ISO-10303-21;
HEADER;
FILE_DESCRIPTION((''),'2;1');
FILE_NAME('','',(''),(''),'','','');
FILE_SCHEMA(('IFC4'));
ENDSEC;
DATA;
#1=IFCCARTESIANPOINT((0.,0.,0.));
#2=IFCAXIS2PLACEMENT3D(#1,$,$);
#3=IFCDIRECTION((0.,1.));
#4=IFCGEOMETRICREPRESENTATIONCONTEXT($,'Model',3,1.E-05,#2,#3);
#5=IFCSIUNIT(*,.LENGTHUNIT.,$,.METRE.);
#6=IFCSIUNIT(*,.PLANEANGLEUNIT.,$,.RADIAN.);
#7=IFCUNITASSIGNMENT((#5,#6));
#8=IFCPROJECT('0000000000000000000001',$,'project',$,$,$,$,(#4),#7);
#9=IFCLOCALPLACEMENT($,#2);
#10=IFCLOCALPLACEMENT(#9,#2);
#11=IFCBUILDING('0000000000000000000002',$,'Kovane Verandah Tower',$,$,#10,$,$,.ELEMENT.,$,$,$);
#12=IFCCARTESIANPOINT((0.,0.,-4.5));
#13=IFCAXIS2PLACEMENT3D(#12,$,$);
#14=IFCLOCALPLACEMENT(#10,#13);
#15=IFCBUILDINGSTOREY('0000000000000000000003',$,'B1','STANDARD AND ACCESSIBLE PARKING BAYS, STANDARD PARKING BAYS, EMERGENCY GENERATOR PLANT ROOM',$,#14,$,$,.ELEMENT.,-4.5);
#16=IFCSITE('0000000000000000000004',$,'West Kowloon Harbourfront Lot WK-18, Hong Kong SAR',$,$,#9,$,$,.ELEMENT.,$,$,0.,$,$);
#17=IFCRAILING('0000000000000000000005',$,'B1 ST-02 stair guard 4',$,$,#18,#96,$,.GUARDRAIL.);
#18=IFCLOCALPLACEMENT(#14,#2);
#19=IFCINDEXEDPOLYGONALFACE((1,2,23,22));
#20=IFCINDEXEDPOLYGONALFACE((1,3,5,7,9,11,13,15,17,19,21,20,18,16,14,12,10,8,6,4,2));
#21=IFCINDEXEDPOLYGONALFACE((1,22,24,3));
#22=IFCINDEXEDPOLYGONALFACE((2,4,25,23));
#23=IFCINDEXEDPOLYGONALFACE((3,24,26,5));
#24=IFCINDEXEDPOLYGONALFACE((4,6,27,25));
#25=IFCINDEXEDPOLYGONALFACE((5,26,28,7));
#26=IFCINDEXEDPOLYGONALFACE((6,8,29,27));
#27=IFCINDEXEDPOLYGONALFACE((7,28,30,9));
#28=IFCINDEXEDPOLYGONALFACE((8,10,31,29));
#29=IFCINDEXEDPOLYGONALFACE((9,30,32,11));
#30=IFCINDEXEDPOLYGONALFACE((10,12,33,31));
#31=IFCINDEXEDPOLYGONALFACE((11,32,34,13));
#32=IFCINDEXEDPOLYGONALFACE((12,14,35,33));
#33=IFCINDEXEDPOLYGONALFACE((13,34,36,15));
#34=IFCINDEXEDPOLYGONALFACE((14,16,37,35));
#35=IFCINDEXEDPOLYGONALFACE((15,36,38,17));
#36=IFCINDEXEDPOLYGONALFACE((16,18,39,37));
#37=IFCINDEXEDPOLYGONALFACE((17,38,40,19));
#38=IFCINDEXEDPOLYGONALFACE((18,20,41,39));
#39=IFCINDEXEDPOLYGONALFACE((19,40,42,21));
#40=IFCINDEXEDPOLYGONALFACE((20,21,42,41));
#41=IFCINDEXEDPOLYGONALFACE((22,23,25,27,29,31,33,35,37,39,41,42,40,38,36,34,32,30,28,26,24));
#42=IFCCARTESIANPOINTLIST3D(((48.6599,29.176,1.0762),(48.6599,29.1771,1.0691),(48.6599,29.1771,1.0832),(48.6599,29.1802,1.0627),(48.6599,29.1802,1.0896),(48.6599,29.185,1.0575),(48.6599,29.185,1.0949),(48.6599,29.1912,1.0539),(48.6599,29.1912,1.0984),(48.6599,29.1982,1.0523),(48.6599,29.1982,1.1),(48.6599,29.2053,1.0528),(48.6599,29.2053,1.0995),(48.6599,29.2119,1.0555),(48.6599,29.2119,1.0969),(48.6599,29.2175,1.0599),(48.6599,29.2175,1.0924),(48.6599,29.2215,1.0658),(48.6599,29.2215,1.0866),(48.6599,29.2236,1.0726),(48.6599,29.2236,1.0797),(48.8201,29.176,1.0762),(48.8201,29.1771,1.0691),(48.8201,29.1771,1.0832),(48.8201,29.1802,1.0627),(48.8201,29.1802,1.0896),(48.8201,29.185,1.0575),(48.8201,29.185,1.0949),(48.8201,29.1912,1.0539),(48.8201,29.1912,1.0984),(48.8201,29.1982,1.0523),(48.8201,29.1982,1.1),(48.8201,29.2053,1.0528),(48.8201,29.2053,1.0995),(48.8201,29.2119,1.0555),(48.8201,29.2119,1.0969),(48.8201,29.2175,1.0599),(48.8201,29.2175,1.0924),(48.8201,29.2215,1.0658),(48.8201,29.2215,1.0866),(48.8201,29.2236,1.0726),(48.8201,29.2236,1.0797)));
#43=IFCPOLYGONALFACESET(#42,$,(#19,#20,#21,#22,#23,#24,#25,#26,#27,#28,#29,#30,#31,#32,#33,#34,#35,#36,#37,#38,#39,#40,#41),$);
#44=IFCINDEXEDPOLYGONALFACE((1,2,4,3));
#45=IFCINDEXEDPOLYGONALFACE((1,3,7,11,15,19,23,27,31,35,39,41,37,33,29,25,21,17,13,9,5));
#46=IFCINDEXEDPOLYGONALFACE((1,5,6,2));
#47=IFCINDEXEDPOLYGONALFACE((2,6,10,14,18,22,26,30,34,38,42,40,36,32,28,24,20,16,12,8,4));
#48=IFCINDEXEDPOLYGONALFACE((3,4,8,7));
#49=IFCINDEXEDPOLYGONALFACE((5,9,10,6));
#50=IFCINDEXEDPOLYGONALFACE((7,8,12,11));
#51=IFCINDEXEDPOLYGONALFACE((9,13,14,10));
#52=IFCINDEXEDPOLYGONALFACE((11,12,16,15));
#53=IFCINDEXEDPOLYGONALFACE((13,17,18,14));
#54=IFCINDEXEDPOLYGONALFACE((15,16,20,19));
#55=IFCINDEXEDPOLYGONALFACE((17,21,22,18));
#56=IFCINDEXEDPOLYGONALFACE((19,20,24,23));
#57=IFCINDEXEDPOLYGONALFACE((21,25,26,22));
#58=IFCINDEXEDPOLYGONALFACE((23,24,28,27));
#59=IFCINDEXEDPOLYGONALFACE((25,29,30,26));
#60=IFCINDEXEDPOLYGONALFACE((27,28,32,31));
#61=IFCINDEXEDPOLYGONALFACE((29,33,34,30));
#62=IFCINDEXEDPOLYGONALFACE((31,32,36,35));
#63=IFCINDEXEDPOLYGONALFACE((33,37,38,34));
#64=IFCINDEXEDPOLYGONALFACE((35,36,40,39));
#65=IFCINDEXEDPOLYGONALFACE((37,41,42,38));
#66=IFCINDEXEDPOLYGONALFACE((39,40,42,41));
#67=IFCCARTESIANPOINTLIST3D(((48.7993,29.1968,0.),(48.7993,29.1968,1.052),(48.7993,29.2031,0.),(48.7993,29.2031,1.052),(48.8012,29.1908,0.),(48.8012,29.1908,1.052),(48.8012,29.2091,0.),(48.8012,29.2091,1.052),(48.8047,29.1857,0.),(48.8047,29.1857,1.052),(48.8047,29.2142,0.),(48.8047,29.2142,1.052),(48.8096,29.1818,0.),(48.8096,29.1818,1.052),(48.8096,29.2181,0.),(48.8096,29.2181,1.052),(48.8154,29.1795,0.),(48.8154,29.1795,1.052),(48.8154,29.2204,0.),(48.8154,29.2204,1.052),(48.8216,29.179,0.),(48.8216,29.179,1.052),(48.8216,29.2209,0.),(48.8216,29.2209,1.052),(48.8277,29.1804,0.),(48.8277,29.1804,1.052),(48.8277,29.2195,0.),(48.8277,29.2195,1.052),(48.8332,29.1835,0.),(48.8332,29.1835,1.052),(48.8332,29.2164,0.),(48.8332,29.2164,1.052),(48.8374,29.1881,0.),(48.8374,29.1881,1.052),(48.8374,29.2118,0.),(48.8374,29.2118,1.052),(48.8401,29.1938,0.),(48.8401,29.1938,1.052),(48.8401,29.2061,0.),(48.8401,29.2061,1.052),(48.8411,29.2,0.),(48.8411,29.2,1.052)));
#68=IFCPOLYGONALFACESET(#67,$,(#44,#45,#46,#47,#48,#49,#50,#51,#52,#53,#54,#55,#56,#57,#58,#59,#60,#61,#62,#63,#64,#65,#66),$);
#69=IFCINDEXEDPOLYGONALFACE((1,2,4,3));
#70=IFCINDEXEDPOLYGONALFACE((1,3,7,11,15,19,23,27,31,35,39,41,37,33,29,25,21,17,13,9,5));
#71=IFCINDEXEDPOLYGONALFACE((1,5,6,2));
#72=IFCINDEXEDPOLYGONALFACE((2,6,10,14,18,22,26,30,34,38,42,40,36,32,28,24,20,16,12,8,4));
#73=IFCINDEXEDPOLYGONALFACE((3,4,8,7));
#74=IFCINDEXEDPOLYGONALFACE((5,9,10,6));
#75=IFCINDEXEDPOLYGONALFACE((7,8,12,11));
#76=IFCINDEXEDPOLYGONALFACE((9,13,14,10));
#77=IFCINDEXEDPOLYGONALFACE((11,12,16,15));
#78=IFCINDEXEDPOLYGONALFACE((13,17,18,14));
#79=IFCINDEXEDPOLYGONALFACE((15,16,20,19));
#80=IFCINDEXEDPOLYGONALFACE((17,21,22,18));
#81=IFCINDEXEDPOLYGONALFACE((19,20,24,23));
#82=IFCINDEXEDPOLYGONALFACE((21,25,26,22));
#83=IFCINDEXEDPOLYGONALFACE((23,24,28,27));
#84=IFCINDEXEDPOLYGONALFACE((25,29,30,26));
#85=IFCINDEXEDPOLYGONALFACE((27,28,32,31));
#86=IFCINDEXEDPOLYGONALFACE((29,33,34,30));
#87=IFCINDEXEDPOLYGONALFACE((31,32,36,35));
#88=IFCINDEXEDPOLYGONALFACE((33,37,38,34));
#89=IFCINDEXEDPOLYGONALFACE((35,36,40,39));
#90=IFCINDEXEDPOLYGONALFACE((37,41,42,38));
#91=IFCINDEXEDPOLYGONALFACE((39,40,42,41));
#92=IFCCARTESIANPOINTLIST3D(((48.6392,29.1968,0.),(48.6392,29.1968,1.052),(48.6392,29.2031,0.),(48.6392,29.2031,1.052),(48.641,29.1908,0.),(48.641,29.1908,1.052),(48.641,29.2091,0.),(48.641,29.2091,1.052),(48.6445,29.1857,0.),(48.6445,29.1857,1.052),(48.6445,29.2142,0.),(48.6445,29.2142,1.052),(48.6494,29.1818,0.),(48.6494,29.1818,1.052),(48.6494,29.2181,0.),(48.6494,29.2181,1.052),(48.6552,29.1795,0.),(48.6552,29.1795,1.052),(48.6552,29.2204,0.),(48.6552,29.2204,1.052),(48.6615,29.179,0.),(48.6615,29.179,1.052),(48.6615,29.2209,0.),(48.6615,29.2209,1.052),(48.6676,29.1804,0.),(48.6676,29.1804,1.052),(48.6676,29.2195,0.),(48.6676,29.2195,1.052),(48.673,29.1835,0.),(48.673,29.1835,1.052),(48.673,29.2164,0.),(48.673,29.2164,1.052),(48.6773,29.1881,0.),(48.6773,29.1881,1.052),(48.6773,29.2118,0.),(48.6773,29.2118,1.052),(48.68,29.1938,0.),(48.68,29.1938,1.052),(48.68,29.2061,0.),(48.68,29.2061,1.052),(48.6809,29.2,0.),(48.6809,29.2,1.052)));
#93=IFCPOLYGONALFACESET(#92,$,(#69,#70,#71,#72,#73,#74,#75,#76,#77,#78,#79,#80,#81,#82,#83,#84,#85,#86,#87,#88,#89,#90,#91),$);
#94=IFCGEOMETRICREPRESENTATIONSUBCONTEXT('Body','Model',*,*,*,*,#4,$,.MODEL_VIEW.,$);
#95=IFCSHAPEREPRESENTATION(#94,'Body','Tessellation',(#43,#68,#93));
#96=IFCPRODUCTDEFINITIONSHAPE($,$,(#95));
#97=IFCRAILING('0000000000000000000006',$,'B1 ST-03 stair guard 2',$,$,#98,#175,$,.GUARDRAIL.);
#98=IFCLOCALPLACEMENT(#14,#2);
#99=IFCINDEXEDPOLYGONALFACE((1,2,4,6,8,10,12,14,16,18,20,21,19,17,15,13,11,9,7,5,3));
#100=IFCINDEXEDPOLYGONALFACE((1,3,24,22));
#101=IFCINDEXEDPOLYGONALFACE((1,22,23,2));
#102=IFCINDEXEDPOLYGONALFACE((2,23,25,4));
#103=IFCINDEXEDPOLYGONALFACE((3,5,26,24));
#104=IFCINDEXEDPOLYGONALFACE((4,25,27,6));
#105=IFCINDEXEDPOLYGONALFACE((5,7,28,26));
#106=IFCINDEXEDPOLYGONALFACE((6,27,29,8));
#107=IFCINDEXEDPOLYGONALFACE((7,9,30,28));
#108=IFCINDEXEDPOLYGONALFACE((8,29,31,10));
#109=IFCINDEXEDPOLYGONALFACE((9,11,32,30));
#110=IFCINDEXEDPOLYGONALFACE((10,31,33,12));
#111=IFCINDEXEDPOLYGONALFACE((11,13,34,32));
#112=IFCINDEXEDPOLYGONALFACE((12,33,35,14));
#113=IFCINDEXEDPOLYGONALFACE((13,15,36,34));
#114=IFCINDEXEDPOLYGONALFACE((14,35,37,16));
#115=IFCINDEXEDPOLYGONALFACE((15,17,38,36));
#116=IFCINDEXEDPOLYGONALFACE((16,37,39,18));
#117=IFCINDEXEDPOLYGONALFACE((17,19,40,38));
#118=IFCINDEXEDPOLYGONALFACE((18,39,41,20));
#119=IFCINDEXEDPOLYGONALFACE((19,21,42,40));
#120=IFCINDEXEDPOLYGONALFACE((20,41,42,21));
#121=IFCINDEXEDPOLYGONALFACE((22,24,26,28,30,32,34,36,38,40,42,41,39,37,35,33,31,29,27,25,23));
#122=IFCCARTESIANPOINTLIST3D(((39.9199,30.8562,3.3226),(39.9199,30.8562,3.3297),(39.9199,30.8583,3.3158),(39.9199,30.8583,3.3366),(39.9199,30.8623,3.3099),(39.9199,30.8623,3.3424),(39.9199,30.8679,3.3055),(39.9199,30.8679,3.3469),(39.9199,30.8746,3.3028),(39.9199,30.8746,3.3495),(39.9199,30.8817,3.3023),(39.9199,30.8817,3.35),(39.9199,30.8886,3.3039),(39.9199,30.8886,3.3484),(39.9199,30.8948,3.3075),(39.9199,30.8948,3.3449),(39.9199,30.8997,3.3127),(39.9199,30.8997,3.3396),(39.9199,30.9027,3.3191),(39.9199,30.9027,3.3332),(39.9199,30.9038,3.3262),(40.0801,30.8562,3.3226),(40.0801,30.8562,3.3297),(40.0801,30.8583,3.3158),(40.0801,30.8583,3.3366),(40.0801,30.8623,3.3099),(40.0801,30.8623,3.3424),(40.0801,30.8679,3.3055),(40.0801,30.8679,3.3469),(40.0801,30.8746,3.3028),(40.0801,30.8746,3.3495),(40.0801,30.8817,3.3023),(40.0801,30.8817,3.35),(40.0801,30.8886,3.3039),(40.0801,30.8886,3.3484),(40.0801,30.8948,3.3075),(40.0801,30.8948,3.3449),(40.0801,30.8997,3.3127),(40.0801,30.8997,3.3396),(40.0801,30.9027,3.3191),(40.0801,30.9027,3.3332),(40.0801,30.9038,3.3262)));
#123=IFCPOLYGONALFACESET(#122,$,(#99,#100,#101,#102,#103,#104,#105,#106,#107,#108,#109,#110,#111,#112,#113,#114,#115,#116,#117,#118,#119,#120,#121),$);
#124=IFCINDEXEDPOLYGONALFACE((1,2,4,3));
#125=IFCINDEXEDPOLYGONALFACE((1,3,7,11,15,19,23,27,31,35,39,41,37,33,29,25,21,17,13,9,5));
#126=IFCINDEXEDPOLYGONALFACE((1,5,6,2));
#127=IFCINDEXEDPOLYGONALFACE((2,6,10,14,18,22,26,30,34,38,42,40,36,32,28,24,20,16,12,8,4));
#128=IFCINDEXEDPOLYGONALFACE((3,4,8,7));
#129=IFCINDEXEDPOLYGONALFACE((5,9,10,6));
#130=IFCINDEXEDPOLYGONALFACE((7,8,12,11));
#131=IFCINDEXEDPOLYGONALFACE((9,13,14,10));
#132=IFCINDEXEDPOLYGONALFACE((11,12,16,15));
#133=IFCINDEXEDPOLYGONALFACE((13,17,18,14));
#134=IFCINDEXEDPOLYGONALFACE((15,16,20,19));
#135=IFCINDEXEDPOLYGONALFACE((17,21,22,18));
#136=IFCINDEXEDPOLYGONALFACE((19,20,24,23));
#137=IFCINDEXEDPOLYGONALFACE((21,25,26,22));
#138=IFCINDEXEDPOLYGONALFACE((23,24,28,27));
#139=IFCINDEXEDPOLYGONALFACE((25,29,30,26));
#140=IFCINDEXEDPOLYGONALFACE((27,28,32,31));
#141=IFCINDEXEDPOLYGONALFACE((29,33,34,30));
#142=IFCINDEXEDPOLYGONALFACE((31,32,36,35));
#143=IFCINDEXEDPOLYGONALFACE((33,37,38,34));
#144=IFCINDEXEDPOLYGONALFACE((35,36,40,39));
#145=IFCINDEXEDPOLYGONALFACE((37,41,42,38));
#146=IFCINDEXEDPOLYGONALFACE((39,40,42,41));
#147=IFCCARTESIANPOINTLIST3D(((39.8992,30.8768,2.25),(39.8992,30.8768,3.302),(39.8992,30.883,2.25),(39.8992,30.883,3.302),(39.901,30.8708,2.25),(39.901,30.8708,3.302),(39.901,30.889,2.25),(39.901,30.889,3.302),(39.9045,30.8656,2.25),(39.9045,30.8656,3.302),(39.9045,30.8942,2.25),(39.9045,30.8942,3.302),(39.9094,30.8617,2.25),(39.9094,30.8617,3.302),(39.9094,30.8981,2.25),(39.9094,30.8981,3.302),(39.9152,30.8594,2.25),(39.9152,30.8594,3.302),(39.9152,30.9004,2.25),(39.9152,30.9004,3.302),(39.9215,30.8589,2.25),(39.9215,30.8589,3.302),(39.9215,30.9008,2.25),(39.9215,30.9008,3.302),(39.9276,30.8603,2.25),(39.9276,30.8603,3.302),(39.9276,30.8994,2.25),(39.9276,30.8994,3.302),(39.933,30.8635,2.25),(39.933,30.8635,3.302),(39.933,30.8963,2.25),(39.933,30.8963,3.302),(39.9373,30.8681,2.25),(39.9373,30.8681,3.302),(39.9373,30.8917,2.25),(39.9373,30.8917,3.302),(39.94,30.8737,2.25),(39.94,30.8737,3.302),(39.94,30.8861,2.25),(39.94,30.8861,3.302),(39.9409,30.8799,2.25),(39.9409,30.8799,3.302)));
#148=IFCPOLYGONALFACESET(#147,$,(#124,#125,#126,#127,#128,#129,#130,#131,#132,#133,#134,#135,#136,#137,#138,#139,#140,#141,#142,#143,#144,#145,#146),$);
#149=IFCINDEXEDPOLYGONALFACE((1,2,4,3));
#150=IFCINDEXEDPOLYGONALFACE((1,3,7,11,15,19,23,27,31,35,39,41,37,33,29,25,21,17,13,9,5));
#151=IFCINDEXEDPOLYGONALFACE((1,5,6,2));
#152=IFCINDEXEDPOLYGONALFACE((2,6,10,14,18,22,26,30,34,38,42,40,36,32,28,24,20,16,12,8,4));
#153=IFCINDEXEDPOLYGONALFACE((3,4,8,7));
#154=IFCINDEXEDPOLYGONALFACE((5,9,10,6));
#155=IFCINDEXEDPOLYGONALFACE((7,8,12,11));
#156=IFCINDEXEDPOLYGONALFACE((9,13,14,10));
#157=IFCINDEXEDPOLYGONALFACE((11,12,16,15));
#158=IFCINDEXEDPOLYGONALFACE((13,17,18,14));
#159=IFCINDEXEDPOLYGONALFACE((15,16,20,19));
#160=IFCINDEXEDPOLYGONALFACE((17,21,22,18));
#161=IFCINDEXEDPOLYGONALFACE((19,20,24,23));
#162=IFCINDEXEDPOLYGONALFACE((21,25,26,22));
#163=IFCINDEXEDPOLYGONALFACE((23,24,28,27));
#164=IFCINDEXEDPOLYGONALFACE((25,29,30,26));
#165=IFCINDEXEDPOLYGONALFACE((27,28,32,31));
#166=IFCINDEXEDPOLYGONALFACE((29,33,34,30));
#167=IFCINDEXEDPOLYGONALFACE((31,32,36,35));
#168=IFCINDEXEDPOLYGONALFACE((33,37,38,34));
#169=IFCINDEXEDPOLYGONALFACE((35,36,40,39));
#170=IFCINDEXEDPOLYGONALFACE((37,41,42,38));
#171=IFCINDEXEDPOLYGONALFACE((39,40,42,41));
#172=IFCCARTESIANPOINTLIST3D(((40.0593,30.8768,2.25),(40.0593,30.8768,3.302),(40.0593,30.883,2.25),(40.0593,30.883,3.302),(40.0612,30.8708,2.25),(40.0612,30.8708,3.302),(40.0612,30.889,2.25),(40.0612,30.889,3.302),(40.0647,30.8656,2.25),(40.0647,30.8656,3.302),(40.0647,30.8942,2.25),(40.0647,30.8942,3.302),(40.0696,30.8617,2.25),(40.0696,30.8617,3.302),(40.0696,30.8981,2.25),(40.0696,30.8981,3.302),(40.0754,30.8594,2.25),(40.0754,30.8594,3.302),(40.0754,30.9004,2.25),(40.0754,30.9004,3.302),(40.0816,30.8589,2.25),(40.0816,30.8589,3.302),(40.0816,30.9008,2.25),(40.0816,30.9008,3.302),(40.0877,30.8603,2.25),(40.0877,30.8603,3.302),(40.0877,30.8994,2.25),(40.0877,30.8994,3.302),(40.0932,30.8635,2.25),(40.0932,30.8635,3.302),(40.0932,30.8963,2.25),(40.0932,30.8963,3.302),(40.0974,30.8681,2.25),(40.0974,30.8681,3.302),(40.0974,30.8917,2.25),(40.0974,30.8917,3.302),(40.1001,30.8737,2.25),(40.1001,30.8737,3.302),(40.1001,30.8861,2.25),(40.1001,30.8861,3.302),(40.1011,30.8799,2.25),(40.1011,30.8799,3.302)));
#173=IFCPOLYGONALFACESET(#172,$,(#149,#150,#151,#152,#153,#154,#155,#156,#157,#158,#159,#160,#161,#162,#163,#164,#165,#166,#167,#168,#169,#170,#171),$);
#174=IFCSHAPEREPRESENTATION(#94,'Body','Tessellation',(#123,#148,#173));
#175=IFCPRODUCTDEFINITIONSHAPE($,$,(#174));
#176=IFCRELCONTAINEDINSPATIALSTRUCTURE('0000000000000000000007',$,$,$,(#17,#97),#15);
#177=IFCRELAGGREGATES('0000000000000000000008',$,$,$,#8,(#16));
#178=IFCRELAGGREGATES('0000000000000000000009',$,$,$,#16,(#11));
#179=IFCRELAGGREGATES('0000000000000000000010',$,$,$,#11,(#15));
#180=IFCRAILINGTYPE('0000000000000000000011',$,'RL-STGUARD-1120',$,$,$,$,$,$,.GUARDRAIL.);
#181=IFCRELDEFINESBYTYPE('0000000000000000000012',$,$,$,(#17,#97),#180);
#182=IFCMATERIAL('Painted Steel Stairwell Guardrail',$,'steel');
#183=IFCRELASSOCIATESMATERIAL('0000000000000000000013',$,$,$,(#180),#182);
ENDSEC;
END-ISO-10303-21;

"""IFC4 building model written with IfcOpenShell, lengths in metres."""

from ifc_helpers import new_model, si_unit, direction, frame, origin, origin_2d, place, context, subcontext, project, spatial, circle, extrude, material, type_object, element, save


model = new_model("IFC4")

# Units and contexts
model_context = context("Model", 3, precision=1e-05, world=origin(), true_north=direction((0.0, 1.0)))
body_context = subcontext(model_context, "Body", "Model", "MODEL_VIEW")
ifc_project = project(units=[si_unit("LENGTHUNIT", "METRE"), si_unit("PLANEANGLEUNIT", "RADIAN")], contexts=[model_context])

# Site, building, storey
site_placement = place(None, origin())
site = spatial("IfcSite", under=ifc_project, at=site_placement, Name="West Kowloon Harbourfront Lot WK-18, Hong Kong SAR", CompositionType="ELEMENT", RefElevation=0.0)
building_placement = place(site_placement, origin())
building = spatial("IfcBuilding", under=site, at=building_placement, Name="Kovane Verandah Tower", CompositionType="ELEMENT")
storey_placement = place(building_placement, frame((0.0, 0.0, -4.5)))
storey = spatial("IfcBuildingStorey", under=building, at=storey_placement, Name="B1", Description="STANDARD AND ACCESSIBLE PARKING BAYS, STANDARD PARKING BAYS, EMERGENCY GENERATOR PLANT ROOM", CompositionType="ELEMENT", Elevation=-4.5)

# Railings
ifc_material_1 = material(Name="Painted Steel Stairwell Guardrail", Category="steel")
railing_type_1 = type_object("IfcRailingType", Name="RL-STGUARD-1120", PredefinedType="GUARDRAIL", material=ifc_material_1)
railing_1_placement = place(storey_placement, frame((48.8201, 29.2, 0.0)))
element("IfcRailing", 1, at=railing_1_placement, inside=storey, type_object=railing_type_1, Name="B1 ST-02 stair guard 4", PredefinedType="GUARDRAIL", context=body_context, shape_type="SweptSolid", body=[
    extrude(circle(Radius=0.0239, at=origin_2d()), frame((0.0, 0.0, 1.0762), z_axis=(-1.0, 0.0, 0.0), x_axis=(0.0, -1.0, 0.0)), (0.0, 0.0, 1.0), 0.1602),
    extrude(circle(Radius=0.021, at=origin_2d()), origin(), (0.0, 0.0, 1.0), 1.052),
    extrude(circle(Radius=0.021, at=origin_2d()), frame((-0.1602, 0.0, 0.0)), (0.0, 0.0, 1.0), 1.052),
])
railing_2_placement = place(storey_placement, frame((39.9199, 30.8799, 2.25)))
element("IfcRailing", 2, at=railing_2_placement, inside=storey, type_object=railing_type_1, Name="B1 ST-03 stair guard 2", PredefinedType="GUARDRAIL", context=body_context, shape_type="SweptSolid", body=[
    extrude(circle(Radius=0.0239, at=origin_2d()), frame((0.0, 0.0, 1.0762), z_axis=(1.0, 0.0, 0.0), x_axis=(0.0, 1.0, 0.0)), (0.0, 0.0, 1.0), 0.1602),
    extrude(circle(Radius=0.021, at=origin_2d()), origin(), (0.0, 0.0, 1.0), 1.052),
    extrude(circle(Radius=0.021, at=origin_2d()), frame((0.1602, 0.0, 0.0)), (0.0, 0.0, 1.0), 1.052),
])

save(model, "model.ifc")
